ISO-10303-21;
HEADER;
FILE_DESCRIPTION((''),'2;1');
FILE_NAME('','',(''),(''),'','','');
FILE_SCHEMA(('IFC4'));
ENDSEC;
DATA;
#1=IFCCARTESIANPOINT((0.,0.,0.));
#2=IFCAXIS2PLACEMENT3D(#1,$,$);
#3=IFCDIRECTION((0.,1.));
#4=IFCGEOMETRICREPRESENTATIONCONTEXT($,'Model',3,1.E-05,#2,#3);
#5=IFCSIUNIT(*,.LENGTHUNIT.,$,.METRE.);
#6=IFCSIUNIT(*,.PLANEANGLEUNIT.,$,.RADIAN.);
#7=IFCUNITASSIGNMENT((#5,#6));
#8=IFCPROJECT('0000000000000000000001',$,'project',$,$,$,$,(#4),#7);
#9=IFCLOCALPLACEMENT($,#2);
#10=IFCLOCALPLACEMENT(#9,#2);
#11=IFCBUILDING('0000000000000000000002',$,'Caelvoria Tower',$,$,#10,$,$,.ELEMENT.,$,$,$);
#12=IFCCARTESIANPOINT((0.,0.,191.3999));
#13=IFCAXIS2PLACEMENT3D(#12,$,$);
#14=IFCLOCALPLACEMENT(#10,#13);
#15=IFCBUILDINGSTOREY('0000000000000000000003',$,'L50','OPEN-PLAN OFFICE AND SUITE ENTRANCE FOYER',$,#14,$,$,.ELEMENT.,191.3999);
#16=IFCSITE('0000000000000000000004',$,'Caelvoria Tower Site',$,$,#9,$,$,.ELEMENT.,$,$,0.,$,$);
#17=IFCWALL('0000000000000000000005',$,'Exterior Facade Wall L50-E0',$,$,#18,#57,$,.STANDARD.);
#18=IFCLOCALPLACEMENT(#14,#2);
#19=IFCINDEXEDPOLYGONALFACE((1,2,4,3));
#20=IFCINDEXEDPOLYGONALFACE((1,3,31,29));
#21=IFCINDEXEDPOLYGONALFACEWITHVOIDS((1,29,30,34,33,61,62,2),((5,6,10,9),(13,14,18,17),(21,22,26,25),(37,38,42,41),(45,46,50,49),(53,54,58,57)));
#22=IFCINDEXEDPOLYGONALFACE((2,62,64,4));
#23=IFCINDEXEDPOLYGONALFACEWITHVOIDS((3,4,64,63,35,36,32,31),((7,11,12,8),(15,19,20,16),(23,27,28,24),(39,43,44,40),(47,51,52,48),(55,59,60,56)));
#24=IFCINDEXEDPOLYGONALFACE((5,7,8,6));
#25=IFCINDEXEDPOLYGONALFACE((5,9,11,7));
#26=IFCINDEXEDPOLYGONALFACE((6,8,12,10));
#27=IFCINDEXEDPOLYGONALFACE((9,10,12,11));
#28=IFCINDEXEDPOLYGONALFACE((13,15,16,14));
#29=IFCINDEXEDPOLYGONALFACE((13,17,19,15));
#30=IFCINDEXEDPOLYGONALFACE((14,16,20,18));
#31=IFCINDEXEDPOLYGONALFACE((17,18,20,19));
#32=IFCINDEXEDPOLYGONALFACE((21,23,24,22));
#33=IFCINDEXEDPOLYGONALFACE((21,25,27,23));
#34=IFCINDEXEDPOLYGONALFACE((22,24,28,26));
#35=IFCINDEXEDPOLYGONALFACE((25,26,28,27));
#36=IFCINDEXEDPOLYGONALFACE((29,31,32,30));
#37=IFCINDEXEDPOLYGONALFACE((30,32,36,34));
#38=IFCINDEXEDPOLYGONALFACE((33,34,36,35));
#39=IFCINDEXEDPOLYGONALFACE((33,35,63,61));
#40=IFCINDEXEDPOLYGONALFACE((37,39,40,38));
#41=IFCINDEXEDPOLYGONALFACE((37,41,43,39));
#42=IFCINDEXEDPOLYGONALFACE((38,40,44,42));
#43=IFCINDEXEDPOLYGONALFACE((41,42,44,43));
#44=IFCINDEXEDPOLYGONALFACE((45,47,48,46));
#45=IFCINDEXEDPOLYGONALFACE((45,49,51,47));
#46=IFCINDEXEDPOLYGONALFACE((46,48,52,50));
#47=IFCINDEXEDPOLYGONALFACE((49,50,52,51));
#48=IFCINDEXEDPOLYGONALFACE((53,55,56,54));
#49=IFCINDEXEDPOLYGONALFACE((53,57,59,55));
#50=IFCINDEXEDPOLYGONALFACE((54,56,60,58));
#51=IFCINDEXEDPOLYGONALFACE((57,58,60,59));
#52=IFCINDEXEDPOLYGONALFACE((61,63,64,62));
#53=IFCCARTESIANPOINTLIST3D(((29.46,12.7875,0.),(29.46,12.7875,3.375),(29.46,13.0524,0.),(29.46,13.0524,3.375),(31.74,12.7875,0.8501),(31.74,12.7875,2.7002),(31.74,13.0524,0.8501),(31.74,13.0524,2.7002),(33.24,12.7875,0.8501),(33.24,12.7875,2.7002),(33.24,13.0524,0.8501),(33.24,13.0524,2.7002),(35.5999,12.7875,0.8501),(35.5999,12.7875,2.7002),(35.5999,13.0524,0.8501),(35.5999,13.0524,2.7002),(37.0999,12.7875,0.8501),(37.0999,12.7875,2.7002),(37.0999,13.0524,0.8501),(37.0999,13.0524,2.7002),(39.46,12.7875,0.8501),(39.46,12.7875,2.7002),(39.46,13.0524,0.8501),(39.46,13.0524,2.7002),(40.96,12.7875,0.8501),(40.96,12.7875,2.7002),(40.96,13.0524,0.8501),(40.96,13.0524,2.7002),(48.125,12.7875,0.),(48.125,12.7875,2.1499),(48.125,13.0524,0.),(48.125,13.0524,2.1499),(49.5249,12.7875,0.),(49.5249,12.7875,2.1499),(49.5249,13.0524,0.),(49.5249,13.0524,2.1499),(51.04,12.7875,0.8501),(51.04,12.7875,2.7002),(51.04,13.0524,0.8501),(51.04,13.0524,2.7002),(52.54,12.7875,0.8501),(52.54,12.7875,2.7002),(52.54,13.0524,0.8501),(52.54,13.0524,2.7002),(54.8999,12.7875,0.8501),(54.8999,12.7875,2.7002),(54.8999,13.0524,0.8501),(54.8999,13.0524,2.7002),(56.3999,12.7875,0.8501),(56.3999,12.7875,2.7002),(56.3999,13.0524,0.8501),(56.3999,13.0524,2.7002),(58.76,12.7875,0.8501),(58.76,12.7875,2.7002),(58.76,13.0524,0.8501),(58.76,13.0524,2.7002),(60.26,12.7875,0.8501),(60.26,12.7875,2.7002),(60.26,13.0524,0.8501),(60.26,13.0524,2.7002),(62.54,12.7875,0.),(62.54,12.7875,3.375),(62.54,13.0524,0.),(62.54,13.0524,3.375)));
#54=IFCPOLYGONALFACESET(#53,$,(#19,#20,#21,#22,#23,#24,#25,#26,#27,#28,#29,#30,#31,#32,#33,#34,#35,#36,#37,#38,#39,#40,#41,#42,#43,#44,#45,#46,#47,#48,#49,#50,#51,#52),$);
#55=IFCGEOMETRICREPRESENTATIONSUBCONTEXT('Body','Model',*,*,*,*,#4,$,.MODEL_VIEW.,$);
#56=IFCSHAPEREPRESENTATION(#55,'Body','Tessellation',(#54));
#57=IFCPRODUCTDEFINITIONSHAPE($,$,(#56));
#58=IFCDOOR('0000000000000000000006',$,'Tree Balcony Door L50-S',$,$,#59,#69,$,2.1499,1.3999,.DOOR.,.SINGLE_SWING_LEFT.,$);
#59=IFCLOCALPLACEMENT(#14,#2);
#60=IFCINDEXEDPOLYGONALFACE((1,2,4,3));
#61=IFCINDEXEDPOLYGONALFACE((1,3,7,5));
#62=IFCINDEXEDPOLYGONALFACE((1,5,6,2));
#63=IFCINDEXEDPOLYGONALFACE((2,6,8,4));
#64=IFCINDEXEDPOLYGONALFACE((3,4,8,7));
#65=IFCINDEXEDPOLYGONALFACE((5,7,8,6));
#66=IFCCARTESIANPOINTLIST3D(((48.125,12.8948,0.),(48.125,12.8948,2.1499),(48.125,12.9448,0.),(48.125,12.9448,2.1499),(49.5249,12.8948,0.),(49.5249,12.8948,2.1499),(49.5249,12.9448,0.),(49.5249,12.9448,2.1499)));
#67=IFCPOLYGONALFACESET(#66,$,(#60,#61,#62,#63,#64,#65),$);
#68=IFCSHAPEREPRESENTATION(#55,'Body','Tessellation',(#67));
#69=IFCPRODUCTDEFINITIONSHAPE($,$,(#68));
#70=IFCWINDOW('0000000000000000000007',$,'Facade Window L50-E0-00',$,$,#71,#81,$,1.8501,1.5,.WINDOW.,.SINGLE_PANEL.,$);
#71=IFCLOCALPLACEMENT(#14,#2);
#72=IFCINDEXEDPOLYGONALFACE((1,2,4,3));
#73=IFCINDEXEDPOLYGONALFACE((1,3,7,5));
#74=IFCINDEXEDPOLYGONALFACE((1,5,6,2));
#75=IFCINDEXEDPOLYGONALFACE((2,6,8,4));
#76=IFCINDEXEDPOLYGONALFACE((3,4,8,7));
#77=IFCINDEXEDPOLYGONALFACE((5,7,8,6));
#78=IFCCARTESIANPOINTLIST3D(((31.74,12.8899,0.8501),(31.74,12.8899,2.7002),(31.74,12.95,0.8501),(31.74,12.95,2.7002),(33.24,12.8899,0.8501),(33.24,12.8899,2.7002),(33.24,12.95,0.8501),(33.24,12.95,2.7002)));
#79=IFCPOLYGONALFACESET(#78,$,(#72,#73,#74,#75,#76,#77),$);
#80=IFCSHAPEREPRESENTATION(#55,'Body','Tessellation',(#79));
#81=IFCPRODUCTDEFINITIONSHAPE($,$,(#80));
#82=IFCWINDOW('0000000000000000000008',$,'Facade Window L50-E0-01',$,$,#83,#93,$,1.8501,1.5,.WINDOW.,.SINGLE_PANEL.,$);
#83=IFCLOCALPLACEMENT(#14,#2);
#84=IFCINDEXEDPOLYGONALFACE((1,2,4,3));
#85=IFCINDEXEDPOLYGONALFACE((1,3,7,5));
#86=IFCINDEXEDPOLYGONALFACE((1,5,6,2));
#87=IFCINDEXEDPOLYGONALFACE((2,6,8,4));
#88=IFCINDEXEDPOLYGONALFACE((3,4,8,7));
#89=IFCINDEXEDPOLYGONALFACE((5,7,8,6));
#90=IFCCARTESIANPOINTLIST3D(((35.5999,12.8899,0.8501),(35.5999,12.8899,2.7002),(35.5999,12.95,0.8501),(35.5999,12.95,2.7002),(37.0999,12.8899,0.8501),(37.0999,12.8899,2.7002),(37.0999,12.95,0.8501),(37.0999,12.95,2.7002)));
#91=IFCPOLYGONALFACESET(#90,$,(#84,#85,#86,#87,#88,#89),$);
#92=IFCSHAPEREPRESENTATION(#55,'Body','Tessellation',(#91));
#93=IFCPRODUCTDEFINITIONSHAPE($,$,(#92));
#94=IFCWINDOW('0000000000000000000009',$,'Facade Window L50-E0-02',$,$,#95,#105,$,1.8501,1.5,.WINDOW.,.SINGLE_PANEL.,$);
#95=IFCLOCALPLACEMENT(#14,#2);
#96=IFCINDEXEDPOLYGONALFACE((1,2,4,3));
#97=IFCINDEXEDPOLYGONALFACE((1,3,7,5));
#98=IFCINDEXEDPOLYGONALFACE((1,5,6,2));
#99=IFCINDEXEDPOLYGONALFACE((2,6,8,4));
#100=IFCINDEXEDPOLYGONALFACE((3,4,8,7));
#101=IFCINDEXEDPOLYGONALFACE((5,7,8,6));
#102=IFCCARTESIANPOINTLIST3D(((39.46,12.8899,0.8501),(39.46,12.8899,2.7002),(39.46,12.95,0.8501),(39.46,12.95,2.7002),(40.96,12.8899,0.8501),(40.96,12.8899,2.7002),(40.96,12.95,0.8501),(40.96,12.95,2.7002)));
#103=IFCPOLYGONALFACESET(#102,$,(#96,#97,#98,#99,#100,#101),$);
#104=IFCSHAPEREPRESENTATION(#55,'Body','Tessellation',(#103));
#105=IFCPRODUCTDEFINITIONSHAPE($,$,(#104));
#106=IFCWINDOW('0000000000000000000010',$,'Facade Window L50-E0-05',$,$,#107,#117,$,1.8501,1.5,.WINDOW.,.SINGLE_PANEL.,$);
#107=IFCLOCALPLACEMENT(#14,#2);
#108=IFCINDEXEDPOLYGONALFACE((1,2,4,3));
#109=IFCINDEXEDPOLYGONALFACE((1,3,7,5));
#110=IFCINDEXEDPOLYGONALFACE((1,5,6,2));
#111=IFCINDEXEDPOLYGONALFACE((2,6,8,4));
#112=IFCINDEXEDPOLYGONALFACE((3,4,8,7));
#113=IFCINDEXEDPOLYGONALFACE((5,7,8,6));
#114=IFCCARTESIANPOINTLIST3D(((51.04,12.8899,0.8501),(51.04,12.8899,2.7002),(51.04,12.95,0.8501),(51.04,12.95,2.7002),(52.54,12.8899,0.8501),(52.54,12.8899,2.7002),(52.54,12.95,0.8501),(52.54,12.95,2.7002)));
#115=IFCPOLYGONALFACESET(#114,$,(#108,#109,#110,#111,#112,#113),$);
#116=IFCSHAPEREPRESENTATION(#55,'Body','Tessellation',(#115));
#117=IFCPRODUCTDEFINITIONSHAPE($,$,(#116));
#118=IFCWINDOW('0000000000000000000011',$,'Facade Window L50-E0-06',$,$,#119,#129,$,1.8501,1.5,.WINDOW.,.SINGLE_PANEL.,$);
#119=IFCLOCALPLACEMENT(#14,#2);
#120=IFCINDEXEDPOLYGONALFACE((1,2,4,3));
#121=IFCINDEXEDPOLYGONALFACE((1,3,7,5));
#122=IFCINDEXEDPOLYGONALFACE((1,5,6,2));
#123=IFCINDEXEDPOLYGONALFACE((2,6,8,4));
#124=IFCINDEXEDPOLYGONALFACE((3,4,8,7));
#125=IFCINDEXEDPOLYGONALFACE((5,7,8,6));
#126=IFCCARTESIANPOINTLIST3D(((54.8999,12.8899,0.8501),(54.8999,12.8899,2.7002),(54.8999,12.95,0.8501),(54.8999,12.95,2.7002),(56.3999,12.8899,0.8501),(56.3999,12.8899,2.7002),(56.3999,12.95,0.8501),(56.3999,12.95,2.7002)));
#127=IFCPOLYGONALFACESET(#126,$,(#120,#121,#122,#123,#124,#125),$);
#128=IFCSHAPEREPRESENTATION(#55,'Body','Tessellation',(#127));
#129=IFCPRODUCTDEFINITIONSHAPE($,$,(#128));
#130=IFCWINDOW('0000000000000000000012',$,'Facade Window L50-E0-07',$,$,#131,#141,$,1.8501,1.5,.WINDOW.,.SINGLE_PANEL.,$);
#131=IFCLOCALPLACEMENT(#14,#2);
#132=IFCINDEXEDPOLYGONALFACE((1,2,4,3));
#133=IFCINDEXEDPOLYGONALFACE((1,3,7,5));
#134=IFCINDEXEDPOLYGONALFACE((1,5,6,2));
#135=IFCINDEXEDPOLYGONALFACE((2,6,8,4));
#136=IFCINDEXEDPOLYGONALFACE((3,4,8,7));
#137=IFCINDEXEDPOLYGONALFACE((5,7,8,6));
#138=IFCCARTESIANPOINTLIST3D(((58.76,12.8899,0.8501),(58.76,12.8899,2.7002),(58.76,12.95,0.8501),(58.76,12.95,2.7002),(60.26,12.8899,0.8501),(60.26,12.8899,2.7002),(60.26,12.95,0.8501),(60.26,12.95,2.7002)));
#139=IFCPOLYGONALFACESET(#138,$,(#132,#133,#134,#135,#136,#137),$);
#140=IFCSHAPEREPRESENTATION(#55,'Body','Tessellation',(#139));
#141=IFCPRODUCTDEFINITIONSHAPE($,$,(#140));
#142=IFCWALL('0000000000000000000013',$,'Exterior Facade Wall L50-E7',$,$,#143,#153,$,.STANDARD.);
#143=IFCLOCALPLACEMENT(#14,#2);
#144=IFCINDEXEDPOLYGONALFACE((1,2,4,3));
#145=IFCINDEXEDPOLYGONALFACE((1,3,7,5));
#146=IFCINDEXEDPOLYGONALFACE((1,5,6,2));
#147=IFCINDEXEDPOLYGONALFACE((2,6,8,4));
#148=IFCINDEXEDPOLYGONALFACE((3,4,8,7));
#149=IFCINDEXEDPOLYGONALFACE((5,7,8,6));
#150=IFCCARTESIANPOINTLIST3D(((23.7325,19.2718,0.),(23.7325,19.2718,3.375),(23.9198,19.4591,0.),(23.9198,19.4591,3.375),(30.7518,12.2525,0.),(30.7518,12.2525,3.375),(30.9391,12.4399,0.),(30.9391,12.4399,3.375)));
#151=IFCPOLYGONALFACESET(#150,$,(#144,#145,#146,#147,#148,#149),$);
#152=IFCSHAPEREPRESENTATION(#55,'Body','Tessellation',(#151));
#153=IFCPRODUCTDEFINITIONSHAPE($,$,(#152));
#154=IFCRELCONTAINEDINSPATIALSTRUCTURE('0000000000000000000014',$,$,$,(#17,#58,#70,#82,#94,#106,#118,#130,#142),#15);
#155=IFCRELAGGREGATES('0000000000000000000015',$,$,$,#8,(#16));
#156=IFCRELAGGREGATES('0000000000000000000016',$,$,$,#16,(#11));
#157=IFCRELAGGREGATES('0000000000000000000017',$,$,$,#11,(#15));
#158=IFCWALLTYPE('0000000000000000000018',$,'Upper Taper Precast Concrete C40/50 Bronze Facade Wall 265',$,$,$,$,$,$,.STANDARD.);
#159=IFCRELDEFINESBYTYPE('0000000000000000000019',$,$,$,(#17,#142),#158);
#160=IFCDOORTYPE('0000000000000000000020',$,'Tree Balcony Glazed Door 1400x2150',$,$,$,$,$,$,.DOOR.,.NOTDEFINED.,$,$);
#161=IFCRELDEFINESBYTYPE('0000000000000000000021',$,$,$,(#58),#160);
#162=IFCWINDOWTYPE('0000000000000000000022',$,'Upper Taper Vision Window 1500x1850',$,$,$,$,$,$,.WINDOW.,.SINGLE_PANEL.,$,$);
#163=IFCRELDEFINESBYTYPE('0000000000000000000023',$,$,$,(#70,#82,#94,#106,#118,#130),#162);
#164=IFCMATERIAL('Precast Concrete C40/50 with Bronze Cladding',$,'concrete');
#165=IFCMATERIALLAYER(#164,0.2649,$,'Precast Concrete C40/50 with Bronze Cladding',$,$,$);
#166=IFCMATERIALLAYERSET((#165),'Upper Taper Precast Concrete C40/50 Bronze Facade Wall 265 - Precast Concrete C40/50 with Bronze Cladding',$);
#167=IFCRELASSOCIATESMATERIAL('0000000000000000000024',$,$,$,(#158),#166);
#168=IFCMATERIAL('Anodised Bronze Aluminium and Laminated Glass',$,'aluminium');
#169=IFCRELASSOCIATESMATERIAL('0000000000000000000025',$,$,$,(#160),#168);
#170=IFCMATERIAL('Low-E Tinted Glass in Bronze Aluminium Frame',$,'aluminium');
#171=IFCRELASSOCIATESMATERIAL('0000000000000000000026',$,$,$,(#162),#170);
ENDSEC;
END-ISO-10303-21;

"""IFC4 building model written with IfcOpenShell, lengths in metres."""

from ifc_helpers import new_model, si_unit, direction, frame, frame_2d, origin, place, context, subcontext, project, spatial, rectangle, extrude, material, layer, layer_set, type_object, element, fill, save


model = new_model("IFC4")

# Units and contexts
model_context = context("Model", 3, precision=1e-05, world=origin(), true_north=direction((0.0, 1.0)))
body_context = subcontext(model_context, "Body", "Model", "MODEL_VIEW")
ifc_project = project(units=[si_unit("LENGTHUNIT", "METRE"), si_unit("PLANEANGLEUNIT", "RADIAN")], contexts=[model_context])

# Site, building, storey
site_placement = place(None, origin())
site = spatial("IfcSite", under=ifc_project, at=site_placement, Name="Caelvoria Tower Site", CompositionType="ELEMENT", RefElevation=0.0)
building_placement = place(site_placement, origin())
building = spatial("IfcBuilding", under=site, at=building_placement, Name="Caelvoria Tower", CompositionType="ELEMENT")
storey_placement = place(building_placement, frame((0.0, 0.0, 191.3999)))
storey = spatial("IfcBuildingStorey", under=building, at=storey_placement, Name="L50", Description="OPEN-PLAN OFFICE AND SUITE ENTRANCE FOYER", CompositionType="ELEMENT", Elevation=191.3999)

# Wall, openings, door, windows
ifc_material_1 = material(Name="Precast Concrete C40/50 with Bronze Cladding", Category="concrete")
ifc_layer_1 = layer(ifc_material_1, 0.2649, Name="Precast Concrete C40/50 with Bronze Cladding")
ifc_layer_set_1 = layer_set([ifc_layer_1], Name="Upper Taper Precast Concrete C40/50 Bronze Facade Wall 265 - Precast Concrete C40/50 with Bronze Cladding")
wall_type = type_object("IfcWallType", Name="Upper Taper Precast Concrete C40/50 Bronze Facade Wall 265", PredefinedType="STANDARD", material=ifc_layer_set_1)
wall_1_placement = place(storey_placement, frame((29.46, 12.9199, 0.0), z_axis=(0.0, 0.0, 1.0), x_axis=(1.0, 0.0, 0.0)))
wall_1 = element("IfcWall", 1, at=wall_1_placement, inside=storey, type_object=wall_type, Name="Exterior Facade Wall L50-E0", PredefinedType="STANDARD", context=body_context, shape_type="SweptSolid", body=[
    extrude(rectangle(XDim=33.0801, YDim=0.2649, at=frame_2d((16.54, 0.0))), origin(), (0.0, 0.0, 1.0), 3.375),
])
opening_1_placement = place(wall_1_placement, frame((18.665, 0.0, 0.0)))
opening_1 = element("IfcOpeningElement", 2, at=opening_1_placement, cuts=wall_1, PredefinedType="OPENING", context=body_context, shape_type="SweptSolid", body=[
    extrude(rectangle(XDim=1.3999, YDim=2.1499, at=frame_2d((0.7, 1.075))), frame((0.0, 0.1423, 0.0), z_axis=(0.0, -1.0, 0.0), x_axis=(1.0, 0.0, 0.0)), (0.0, 0.0, 1.0), 0.2849),
])
opening_2_placement = place(wall_1_placement, frame((2.28, 0.0, 0.8501)))
opening_2 = element("IfcOpeningElement", 3, at=opening_2_placement, cuts=wall_1, PredefinedType="OPENING", context=body_context, shape_type="SweptSolid", body=[
    extrude(rectangle(XDim=1.5, YDim=1.8501, at=frame_2d((0.75, 0.925))), frame((0.0, 0.1423, 0.0), z_axis=(0.0, -1.0, 0.0), x_axis=(1.0, 0.0, 0.0)), (0.0, 0.0, 1.0), 0.2849),
])
opening_3_placement = place(wall_1_placement, frame((6.1399, 0.0, 0.8501)))
opening_3 = element("IfcOpeningElement", 4, at=opening_3_placement, cuts=wall_1, PredefinedType="OPENING", context=body_context, shape_type="SweptSolid", body=[
    extrude(rectangle(XDim=1.5, YDim=1.8501, at=frame_2d((0.75, 0.925))), frame((0.0, 0.1423, 0.0), z_axis=(0.0, -1.0, 0.0), x_axis=(1.0, 0.0, 0.0)), (0.0, 0.0, 1.0), 0.2849),
])
opening_4_placement = place(wall_1_placement, frame((10.0, 0.0, 0.8501)))
opening_4 = element("IfcOpeningElement", 5, at=opening_4_placement, cuts=wall_1, PredefinedType="OPENING", context=body_context, shape_type="SweptSolid", body=[
    extrude(rectangle(XDim=1.5, YDim=1.8501, at=frame_2d((0.75, 0.925))), frame((0.0, 0.1423, 0.0), z_axis=(0.0, -1.0, 0.0), x_axis=(1.0, 0.0, 0.0)), (0.0, 0.0, 1.0), 0.2849),
])
opening_5_placement = place(wall_1_placement, frame((21.5801, 0.0, 0.8501)))
opening_5 = element("IfcOpeningElement", 6, at=opening_5_placement, cuts=wall_1, PredefinedType="OPENING", context=body_context, shape_type="SweptSolid", body=[
    extrude(rectangle(XDim=1.5, YDim=1.8501, at=frame_2d((0.75, 0.925))), frame((0.0, 0.1423, 0.0), z_axis=(0.0, -1.0, 0.0), x_axis=(1.0, 0.0, 0.0)), (0.0, 0.0, 1.0), 0.2849),
])
opening_6_placement = place(wall_1_placement, frame((25.4399, 0.0, 0.8501)))
opening_6 = element("IfcOpeningElement", 7, at=opening_6_placement, cuts=wall_1, PredefinedType="OPENING", context=body_context, shape_type="SweptSolid", body=[
    extrude(rectangle(XDim=1.5, YDim=1.8501, at=frame_2d((0.75, 0.925))), frame((0.0, 0.1423, 0.0), z_axis=(0.0, -1.0, 0.0), x_axis=(1.0, 0.0, 0.0)), (0.0, 0.0, 1.0), 0.2849),
])
opening_7_placement = place(wall_1_placement, frame((29.3, 0.0, 0.8501)))
opening_7 = element("IfcOpeningElement", 8, at=opening_7_placement, cuts=wall_1, PredefinedType="OPENING", context=body_context, shape_type="SweptSolid", body=[
    extrude(rectangle(XDim=1.5, YDim=1.8501, at=frame_2d((0.75, 0.925))), frame((0.0, 0.1423, 0.0), z_axis=(0.0, -1.0, 0.0), x_axis=(1.0, 0.0, 0.0)), (0.0, 0.0, 1.0), 0.2849),
])
ifc_material_2 = material(Name="Anodised Bronze Aluminium and Laminated Glass", Category="aluminium")
door_type = type_object("IfcDoorType", Name="Tree Balcony Glazed Door 1400x2150", OperationType="NOTDEFINED", PredefinedType="DOOR", material=ifc_material_2)
door_placement = place(opening_1_placement, origin())
door = element("IfcDoor", 9, at=door_placement, inside=storey, type_object=door_type, Name="Tree Balcony Door L50-S", OperationType="SINGLE_SWING_LEFT", OverallHeight=2.1499, OverallWidth=1.3999, PredefinedType="DOOR", context=body_context, shape_type="SweptSolid", body=[
    extrude(rectangle(XDim=1.3999, YDim=2.1499, at=frame_2d((0.7, 1.075))), frame((0.0, 0.0249, 0.0), z_axis=(0.0, -1.0, 0.0), x_axis=(1.0, 0.0, 0.0)), (0.0, 0.0, 1.0), 0.05),
])
fill(opening_1, door)
ifc_material_3 = material(Name="Low-E Tinted Glass in Bronze Aluminium Frame", Category="aluminium")
window_type = type_object("IfcWindowType", Name="Upper Taper Vision Window 1500x1850", PartitioningType="SINGLE_PANEL", PredefinedType="WINDOW", material=ifc_material_3)
window_1_placement = place(opening_2_placement, origin())
window_1 = element("IfcWindow", 10, at=window_1_placement, inside=storey, type_object=window_type, Name="Facade Window L50-E0-00", OverallHeight=1.8501, OverallWidth=1.5, PartitioningType="SINGLE_PANEL", PredefinedType="WINDOW", context=body_context, shape_type="SweptSolid", body=[
    extrude(rectangle(XDim=1.5, YDim=1.8501, at=frame_2d((0.75, 0.925))), frame((0.0, 0.03, 0.0), z_axis=(0.0, -1.0, 0.0), x_axis=(1.0, 0.0, 0.0)), (0.0, 0.0, 1.0), 0.0601),
])
fill(opening_2, window_1)
window_2_placement = place(opening_3_placement, origin())
window_2 = element("IfcWindow", 11, at=window_2_placement, inside=storey, type_object=window_type, Name="Facade Window L50-E0-01", OverallHeight=1.8501, OverallWidth=1.5, PartitioningType="SINGLE_PANEL", PredefinedType="WINDOW", context=body_context, shape_type="SweptSolid", body=[
    extrude(rectangle(XDim=1.5, YDim=1.8501, at=frame_2d((0.75, 0.925))), frame((0.0, 0.03, 0.0), z_axis=(0.0, -1.0, 0.0), x_axis=(1.0, 0.0, 0.0)), (0.0, 0.0, 1.0), 0.0601),
])
fill(opening_3, window_2)
window_3_placement = place(opening_4_placement, origin())
window_3 = element("IfcWindow", 12, at=window_3_placement, inside=storey, type_object=window_type, Name="Facade Window L50-E0-02", OverallHeight=1.8501, OverallWidth=1.5, PartitioningType="SINGLE_PANEL", PredefinedType="WINDOW", context=body_context, shape_type="SweptSolid", body=[
    extrude(rectangle(XDim=1.5, YDim=1.8501, at=frame_2d((0.75, 0.925))), frame((0.0, 0.03, 0.0), z_axis=(0.0, -1.0, 0.0), x_axis=(1.0, 0.0, 0.0)), (0.0, 0.0, 1.0), 0.0601),
])
fill(opening_4, window_3)
window_4_placement = place(opening_5_placement, origin())
window_4 = element("IfcWindow", 13, at=window_4_placement, inside=storey, type_object=window_type, Name="Facade Window L50-E0-05", OverallHeight=1.8501, OverallWidth=1.5, PartitioningType="SINGLE_PANEL", PredefinedType="WINDOW", context=body_context, shape_type="SweptSolid", body=[
    extrude(rectangle(XDim=1.5, YDim=1.8501, at=frame_2d((0.75, 0.925))), frame((0.0, 0.03, 0.0), z_axis=(0.0, -1.0, 0.0), x_axis=(1.0, 0.0, 0.0)), (0.0, 0.0, 1.0), 0.0601),
])
fill(opening_5, window_4)
window_5_placement = place(opening_6_placement, origin())
window_5 = element("IfcWindow", 14, at=window_5_placement, inside=storey, type_object=window_type, Name="Facade Window L50-E0-06", OverallHeight=1.8501, OverallWidth=1.5, PartitioningType="SINGLE_PANEL", PredefinedType="WINDOW", context=body_context, shape_type="SweptSolid", body=[
    extrude(rectangle(XDim=1.5, YDim=1.8501, at=frame_2d((0.75, 0.925))), frame((0.0, 0.03, 0.0), z_axis=(0.0, -1.0, 0.0), x_axis=(1.0, 0.0, 0.0)), (0.0, 0.0, 1.0), 0.0601),
])
fill(opening_6, window_5)
window_6_placement = place(opening_7_placement, origin())
window_6 = element("IfcWindow", 15, at=window_6_placement, inside=storey, type_object=window_type, Name="Facade Window L50-E0-07", OverallHeight=1.8501, OverallWidth=1.5, PartitioningType="SINGLE_PANEL", PredefinedType="WINDOW", context=body_context, shape_type="SweptSolid", body=[
    extrude(rectangle(XDim=1.5, YDim=1.8501, at=frame_2d((0.75, 0.925))), frame((0.0, 0.03, 0.0), z_axis=(0.0, -1.0, 0.0), x_axis=(1.0, 0.0, 0.0)), (0.0, 0.0, 1.0), 0.0601),
])
fill(opening_7, window_6)

# Wall
wall_2_placement = place(storey_placement, frame((23.8262, 19.3655, 0.0), z_axis=(0.0, 0.0, 1.0), x_axis=(0.707107, -0.707107, 0.0)))
element("IfcWall", 16, at=wall_2_placement, inside=storey, type_object=wall_type, Name="Exterior Facade Wall L50-E7", PredefinedType="STANDARD", context=body_context, shape_type="SweptSolid", body=[
    extrude(rectangle(XDim=9.9268, YDim=0.2649, at=frame_2d((4.9634, 0.0))), origin(), (0.0, 0.0, 1.0), 3.375),
])

save(model, "model.ifc")
